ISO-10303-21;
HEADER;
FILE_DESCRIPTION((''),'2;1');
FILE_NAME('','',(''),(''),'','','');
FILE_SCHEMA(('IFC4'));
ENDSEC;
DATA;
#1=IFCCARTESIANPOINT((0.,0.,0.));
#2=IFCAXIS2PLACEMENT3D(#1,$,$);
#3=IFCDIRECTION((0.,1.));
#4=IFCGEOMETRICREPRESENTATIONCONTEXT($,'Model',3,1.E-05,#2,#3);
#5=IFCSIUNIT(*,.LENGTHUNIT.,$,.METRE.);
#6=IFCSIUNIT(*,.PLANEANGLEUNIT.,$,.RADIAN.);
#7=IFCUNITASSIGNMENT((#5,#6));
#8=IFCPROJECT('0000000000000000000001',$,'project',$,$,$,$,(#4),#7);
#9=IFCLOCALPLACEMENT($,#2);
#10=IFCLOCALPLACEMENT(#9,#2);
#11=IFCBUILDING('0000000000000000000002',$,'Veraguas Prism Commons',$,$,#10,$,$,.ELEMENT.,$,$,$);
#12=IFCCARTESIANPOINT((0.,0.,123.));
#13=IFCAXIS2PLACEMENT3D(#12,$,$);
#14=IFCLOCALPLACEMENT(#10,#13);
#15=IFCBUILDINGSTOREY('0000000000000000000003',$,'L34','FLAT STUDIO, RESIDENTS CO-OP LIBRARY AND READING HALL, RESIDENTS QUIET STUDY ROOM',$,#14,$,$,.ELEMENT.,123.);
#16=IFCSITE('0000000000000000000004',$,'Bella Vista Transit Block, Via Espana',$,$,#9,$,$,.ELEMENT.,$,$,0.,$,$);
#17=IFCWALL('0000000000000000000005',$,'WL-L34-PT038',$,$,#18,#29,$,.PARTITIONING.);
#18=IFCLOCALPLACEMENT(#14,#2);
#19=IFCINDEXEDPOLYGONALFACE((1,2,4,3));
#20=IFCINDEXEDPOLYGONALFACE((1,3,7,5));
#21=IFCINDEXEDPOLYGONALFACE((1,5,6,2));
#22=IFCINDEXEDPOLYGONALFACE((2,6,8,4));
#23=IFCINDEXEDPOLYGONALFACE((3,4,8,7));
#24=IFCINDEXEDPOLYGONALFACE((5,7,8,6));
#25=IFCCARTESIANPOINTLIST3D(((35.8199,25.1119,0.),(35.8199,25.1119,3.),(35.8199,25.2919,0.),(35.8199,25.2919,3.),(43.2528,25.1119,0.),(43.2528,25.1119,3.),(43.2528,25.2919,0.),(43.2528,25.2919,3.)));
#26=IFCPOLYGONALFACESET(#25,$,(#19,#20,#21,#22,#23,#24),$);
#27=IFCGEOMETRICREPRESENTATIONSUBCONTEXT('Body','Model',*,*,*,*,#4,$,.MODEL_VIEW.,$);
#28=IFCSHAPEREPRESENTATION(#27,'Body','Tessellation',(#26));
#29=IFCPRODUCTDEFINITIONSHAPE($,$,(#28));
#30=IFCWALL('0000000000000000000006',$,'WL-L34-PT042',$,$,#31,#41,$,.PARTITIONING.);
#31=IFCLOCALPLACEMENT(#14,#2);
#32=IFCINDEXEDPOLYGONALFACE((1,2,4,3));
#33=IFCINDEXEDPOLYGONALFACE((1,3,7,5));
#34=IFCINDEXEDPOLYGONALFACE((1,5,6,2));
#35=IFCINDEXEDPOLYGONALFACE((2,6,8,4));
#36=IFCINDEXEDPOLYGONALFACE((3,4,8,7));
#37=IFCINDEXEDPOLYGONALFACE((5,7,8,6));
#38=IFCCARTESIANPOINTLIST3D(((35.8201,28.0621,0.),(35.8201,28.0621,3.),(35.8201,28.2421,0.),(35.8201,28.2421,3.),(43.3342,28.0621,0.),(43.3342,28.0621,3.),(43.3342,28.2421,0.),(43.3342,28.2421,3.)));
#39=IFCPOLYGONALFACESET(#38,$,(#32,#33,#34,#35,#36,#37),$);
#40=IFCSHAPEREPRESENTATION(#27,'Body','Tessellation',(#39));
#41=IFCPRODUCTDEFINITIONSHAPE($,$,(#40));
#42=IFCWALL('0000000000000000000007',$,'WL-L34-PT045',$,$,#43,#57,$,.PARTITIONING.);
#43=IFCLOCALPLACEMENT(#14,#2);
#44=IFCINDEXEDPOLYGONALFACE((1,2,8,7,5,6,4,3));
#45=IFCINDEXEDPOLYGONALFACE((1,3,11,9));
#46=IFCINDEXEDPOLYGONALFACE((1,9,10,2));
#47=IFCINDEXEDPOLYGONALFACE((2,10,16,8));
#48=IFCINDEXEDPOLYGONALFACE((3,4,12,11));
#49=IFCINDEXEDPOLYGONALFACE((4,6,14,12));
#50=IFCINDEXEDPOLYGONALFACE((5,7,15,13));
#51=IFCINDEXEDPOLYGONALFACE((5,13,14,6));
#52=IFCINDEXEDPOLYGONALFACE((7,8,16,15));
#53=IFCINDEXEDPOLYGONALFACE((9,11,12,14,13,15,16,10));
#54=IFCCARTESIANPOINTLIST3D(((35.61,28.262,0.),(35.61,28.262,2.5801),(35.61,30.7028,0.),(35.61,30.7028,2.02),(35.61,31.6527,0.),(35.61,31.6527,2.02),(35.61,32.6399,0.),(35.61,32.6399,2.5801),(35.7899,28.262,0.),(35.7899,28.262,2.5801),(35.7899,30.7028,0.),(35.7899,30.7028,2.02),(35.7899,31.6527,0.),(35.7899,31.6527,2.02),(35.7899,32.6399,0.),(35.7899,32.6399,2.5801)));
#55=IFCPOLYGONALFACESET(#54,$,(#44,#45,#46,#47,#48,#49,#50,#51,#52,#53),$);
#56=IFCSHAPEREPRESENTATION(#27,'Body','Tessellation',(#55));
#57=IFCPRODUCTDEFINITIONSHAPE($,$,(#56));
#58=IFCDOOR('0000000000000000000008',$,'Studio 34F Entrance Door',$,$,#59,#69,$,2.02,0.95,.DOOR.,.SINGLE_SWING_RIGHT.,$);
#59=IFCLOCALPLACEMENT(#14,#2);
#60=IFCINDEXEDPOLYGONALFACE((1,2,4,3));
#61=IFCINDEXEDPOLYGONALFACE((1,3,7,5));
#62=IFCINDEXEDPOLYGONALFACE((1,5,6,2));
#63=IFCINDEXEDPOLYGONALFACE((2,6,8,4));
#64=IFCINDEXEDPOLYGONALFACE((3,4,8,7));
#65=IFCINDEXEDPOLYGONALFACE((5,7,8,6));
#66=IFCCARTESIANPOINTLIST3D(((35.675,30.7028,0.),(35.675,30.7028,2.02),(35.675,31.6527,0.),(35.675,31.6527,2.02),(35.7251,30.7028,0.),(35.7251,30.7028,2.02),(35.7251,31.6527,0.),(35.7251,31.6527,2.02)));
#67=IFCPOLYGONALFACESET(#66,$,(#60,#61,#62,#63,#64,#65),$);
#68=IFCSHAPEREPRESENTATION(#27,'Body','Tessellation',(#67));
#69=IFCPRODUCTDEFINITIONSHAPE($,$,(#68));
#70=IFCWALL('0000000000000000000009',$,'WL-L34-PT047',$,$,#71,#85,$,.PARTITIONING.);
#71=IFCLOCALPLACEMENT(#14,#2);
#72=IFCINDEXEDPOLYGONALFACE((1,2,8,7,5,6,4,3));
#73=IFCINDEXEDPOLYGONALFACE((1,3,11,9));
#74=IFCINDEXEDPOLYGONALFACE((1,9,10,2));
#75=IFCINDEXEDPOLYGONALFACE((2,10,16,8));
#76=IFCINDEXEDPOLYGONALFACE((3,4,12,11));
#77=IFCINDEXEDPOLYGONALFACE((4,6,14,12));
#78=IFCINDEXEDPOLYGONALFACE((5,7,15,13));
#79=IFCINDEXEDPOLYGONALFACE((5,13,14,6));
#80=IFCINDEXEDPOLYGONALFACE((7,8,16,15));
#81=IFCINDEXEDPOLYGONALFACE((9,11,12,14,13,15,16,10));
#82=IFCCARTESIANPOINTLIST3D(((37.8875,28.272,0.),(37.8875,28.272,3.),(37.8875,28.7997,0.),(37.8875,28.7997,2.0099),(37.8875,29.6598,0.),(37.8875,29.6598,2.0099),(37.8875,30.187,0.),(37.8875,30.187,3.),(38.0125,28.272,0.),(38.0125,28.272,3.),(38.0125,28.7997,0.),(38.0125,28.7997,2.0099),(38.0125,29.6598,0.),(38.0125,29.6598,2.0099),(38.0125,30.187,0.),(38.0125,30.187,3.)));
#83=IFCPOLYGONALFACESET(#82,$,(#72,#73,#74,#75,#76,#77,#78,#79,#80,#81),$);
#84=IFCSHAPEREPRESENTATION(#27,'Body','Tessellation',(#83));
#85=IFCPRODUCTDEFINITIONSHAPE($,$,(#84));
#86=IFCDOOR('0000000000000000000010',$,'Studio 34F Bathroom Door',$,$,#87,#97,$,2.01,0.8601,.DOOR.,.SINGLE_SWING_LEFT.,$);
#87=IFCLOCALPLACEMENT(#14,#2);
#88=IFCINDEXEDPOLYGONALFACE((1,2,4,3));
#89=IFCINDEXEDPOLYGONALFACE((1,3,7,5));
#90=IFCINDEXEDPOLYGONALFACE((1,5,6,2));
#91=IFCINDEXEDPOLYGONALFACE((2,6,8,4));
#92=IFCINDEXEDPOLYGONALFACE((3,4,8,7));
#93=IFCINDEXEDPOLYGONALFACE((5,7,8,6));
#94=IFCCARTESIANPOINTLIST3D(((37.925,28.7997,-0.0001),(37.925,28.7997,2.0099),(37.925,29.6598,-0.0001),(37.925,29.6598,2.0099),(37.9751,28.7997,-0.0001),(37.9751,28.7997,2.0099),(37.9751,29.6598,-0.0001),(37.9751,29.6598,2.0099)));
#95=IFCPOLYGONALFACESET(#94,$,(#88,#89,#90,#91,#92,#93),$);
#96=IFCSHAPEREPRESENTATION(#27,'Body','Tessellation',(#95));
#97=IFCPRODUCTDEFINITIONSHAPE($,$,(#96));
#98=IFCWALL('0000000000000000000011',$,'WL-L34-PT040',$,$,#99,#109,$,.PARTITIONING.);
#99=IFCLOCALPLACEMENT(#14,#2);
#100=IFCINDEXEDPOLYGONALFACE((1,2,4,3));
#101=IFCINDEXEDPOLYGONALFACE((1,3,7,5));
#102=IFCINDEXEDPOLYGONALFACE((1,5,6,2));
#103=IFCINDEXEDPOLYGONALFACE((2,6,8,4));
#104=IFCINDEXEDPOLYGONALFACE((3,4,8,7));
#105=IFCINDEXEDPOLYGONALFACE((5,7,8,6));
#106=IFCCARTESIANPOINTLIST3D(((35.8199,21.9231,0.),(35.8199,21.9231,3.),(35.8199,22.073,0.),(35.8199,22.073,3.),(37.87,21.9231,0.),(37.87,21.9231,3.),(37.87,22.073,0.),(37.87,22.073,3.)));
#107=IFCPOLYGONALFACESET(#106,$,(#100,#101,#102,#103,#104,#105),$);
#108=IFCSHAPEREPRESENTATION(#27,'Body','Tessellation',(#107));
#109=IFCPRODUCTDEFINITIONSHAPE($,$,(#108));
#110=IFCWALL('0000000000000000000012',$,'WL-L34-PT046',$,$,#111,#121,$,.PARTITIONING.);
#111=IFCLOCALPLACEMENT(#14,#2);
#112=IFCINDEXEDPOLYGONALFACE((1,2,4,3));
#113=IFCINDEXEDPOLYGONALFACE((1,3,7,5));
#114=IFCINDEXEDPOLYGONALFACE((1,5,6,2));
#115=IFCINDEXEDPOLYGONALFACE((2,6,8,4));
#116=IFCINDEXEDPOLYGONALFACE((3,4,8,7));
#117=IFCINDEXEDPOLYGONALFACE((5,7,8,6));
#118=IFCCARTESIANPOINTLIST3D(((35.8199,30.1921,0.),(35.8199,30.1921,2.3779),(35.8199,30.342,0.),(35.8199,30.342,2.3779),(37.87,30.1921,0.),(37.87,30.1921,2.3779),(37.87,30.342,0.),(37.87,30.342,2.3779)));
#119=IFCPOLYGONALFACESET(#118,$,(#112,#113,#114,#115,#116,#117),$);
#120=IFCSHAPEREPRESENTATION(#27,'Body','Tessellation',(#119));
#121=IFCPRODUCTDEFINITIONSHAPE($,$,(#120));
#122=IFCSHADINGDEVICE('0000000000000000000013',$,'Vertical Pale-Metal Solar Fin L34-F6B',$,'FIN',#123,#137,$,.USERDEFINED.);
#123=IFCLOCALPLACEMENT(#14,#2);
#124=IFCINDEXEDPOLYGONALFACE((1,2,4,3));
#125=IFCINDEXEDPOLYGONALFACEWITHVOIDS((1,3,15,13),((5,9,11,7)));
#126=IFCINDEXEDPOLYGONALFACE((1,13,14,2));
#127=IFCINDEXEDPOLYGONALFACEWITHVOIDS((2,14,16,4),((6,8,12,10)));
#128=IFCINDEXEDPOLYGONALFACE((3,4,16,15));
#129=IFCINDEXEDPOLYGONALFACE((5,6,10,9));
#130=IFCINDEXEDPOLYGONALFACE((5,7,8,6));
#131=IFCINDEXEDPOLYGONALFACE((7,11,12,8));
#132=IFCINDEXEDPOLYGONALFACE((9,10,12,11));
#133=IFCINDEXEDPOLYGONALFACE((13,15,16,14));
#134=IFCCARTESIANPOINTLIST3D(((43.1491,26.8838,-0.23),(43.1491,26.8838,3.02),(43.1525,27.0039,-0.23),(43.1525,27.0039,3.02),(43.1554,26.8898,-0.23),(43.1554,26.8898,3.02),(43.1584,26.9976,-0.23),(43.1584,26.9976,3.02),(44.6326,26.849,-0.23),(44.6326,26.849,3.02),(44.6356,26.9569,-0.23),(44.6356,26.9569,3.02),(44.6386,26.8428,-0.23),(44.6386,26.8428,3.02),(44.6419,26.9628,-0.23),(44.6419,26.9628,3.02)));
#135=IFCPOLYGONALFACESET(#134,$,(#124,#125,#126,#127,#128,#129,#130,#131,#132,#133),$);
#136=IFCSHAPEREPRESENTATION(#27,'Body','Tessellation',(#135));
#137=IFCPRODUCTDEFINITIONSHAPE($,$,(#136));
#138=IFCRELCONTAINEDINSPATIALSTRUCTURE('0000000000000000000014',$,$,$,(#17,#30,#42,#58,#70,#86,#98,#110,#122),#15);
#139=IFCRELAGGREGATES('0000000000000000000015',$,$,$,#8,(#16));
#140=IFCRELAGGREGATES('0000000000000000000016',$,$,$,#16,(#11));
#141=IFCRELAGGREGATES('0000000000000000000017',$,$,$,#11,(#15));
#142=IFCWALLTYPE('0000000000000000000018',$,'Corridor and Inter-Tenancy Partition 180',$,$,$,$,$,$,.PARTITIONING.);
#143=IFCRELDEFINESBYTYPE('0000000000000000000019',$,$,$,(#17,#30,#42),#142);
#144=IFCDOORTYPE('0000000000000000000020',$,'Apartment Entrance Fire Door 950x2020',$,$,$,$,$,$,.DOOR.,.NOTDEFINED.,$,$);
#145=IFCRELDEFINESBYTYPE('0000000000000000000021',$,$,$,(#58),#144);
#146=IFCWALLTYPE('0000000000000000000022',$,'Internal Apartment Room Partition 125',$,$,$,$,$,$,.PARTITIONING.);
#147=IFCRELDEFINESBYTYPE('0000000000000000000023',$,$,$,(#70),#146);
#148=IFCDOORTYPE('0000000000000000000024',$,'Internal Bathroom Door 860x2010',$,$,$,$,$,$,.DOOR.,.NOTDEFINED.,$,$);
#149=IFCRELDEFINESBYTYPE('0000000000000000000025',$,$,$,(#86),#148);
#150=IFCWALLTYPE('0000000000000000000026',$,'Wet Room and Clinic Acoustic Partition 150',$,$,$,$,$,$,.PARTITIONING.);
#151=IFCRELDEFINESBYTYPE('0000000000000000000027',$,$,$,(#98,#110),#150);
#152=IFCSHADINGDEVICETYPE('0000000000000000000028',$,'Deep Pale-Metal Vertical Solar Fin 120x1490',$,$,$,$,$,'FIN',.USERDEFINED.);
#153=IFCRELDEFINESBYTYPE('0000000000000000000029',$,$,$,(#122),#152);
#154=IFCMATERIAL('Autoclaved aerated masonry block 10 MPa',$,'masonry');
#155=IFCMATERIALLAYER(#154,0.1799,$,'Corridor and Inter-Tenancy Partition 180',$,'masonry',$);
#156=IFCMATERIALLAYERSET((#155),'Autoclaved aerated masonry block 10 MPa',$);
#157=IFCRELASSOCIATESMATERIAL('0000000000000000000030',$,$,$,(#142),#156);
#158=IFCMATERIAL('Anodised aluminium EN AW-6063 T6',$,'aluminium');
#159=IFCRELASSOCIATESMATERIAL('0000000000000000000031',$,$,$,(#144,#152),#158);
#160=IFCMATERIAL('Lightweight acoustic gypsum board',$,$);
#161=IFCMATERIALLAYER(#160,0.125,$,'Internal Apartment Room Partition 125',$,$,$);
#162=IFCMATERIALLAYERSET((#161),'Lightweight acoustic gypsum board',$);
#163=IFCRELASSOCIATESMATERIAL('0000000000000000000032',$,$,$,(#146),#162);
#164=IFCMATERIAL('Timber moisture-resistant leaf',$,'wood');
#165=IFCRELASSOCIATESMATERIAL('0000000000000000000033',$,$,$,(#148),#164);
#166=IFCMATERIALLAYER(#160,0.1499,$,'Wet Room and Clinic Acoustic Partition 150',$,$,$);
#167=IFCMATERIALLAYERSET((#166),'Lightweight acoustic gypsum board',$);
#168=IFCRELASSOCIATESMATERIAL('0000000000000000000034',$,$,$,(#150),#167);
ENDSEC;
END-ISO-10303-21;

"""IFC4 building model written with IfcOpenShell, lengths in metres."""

from ifc_helpers import new_model, si_unit, direction, frame, frame_2d, origin, origin_2d, place, context, subcontext, project, spatial, rectangle, hollow_rectangle, extrude, source, transform, mapped, material, layer, layer_set, material_profile, profile_set, type_object, element, fill, save


model = new_model("IFC4")

# Units and contexts
model_context = context("Model", 3, precision=1e-05, world=origin(), true_north=direction((0.0, 1.0)))
body_context = subcontext(model_context, "Body", "Model", "MODEL_VIEW")
ifc_project = project(units=[si_unit("LENGTHUNIT", "METRE"), si_unit("PLANEANGLEUNIT", "RADIAN")], contexts=[model_context])

# Site, building, storey
site_placement = place(None, origin())
site = spatial("IfcSite", under=ifc_project, at=site_placement, Name="Bella Vista Transit Block, Via Espana", CompositionType="ELEMENT", RefElevation=0.0)
building_placement = place(site_placement, origin())
building = spatial("IfcBuilding", under=site, at=building_placement, Name="Veraguas Prism Commons", CompositionType="ELEMENT")
storey_placement = place(building_placement, frame((0.0, 0.0, 123.0)))
storey = spatial("IfcBuildingStorey", under=building, at=storey_placement, Name="L34", Description="FLAT STUDIO, RESIDENTS CO-OP LIBRARY AND READING HALL, RESIDENTS QUIET STUDY ROOM", CompositionType="ELEMENT", Elevation=123.0)

# Shared definitions
ifc_material_1 = material(Name="Anodised aluminium EN AW-6063 T6", Category="aluminium")

# Walls
ifc_material_2 = material(Name="Autoclaved aerated masonry block 10 MPa", Category="masonry")
ifc_layer_1 = layer(ifc_material_2, 0.1799, Name="Corridor and Inter-Tenancy Partition 180", Category="masonry")
ifc_layer_set_1 = layer_set([ifc_layer_1], Name="Autoclaved aerated masonry block 10 MPa")
wall_type_1 = type_object("IfcWallType", Name="Corridor and Inter-Tenancy Partition 180", PredefinedType="PARTITIONING", material=ifc_layer_set_1)
wall_1_placement = place(storey_placement, frame((35.8201, 25.2019, 0.0), z_axis=(0.0, 0.0, 1.0), x_axis=(1.0, 0.0, 0.0)))
element("IfcWall", 1, at=wall_1_placement, inside=storey, type_object=wall_type_1, Name="WL-L34-PT038", PredefinedType="PARTITIONING", context=body_context, shape_type="SweptSolid", body=[
    extrude(rectangle(XDim=7.4329, YDim=0.1799, at=frame_2d((3.7163, 0.0))), origin(), (0.0, 0.0, 1.0), 3.0),
])
wall_2_placement = place(storey_placement, frame((35.8201, 28.1521, 0.0), z_axis=(0.0, 0.0, 1.0), x_axis=(1.0, 0.0, 0.0)))
element("IfcWall", 2, at=wall_2_placement, inside=storey, type_object=wall_type_1, Name="WL-L34-PT042", PredefinedType="PARTITIONING", context=body_context, shape_type="SweptSolid", body=[
    extrude(rectangle(XDim=7.5142, YDim=0.1799, at=frame_2d((3.7571, 0.0))), origin(), (0.0, 0.0, 1.0), 3.0),
])

# Walls, openings, doors
wall_3_placement = place(storey_placement, frame((35.7, 28.262, 0.0), z_axis=(0.0, 0.0, 1.0), x_axis=(0.0, 1.0, 0.0)))
wall_3 = element("IfcWall", 3, at=wall_3_placement, inside=storey, type_object=wall_type_1, Name="WL-L34-PT045", PredefinedType="PARTITIONING", context=body_context, shape_type="SweptSolid", body=[
    extrude(rectangle(XDim=4.3779, YDim=0.1799, at=frame_2d((2.189, 0.0))), origin(), (0.0, 0.0, 1.0), 2.5801),
])
opening_1_placement = place(wall_3_placement, frame((2.4407, 0.0, 0.0)))
opening_1 = element("IfcOpeningElement", 4, at=opening_1_placement, cuts=wall_3, PredefinedType="OPENING", context=body_context, shape_type="SweptSolid", body=[
    extrude(rectangle(XDim=0.95, YDim=2.02, at=frame_2d((0.4751, 1.01))), frame((0.0, 0.0999, 0.0), z_axis=(0.0, -1.0, 0.0), x_axis=(1.0, 0.0, 0.0)), (0.0, 0.0, 1.0), 0.2),
])
door_type_1 = type_object("IfcDoorType", Name="Apartment Entrance Fire Door 950x2020", OperationType="NOTDEFINED", PredefinedType="DOOR", material=ifc_material_1)
shared_shape_1 = source(origin(), body_context, "Body", "SweptSolid", [
    extrude(rectangle(XDim=0.95, YDim=2.02, at=frame_2d((0.4751, 1.01))), frame((0.0, 0.0249, 0.0), z_axis=(0.0, -1.0, 0.0), x_axis=(1.0, 0.0, 0.0)), (0.0, 0.0, 1.0), 0.05),
])
door_1_placement = place(opening_1_placement, origin())
door_1 = element("IfcDoor", 5, at=door_1_placement, inside=storey, type_object=door_type_1, Name="Studio 34F Entrance Door", OperationType="SINGLE_SWING_RIGHT", OverallHeight=2.02, OverallWidth=0.95, PredefinedType="DOOR", context=body_context, shape_type="MappedRepresentation", body=[
    mapped(shared_shape_1, transform((0.0, 0.0, 0.0), scale=1.0)),
])
fill(opening_1, door_1)
ifc_material_3 = material(Name="Lightweight acoustic gypsum board")
ifc_layer_2 = layer(ifc_material_3, 0.125, Name="Internal Apartment Room Partition 125")
ifc_layer_set_2 = layer_set([ifc_layer_2], Name="Lightweight acoustic gypsum board")
wall_type_2 = type_object("IfcWallType", Name="Internal Apartment Room Partition 125", PredefinedType="PARTITIONING", material=ifc_layer_set_2)
wall_4_placement = place(storey_placement, frame((37.95, 28.272, 0.0), z_axis=(0.0, 0.0, 1.0), x_axis=(0.0, 1.0, 0.0)))
wall_4 = element("IfcWall", 6, at=wall_4_placement, inside=storey, type_object=wall_type_2, Name="WL-L34-PT047", PredefinedType="PARTITIONING", context=body_context, shape_type="SweptSolid", body=[
    extrude(rectangle(XDim=1.915, YDim=0.125, at=frame_2d((0.9575, 0.0))), origin(), (0.0, 0.0, 1.0), 3.0),
])
opening_2_placement = place(wall_4_placement, frame((0.5276, 0.0, 0.0)))
opening_2 = element("IfcOpeningElement", 7, at=opening_2_placement, cuts=wall_4, PredefinedType="OPENING", context=body_context, shape_type="SweptSolid", body=[
    extrude(rectangle(XDim=0.8601, YDim=2.01, at=frame_2d((0.4302, 1.0049))), frame((0.0, 0.0725, 0.0), z_axis=(0.0, -1.0, 0.0), x_axis=(1.0, 0.0, 0.0)), (0.0, 0.0, 1.0), 0.145),
])
ifc_material_4 = material(Name="Timber moisture-resistant leaf", Category="wood")
door_type_2 = type_object("IfcDoorType", Name="Internal Bathroom Door 860x2010", OperationType="NOTDEFINED", PredefinedType="DOOR", material=ifc_material_4)
shared_shape_2 = source(origin(), body_context, "Body", "SweptSolid", [
    extrude(rectangle(XDim=0.8601, YDim=2.01, at=frame_2d((0.4302, 1.0049))), frame((0.0, 0.0249, 0.0), z_axis=(0.0, -1.0, 0.0), x_axis=(1.0, 0.0, 0.0)), (0.0, 0.0, 1.0), 0.05),
])
door_2_placement = place(opening_2_placement, origin())
door_2 = element("IfcDoor", 8, at=door_2_placement, inside=storey, type_object=door_type_2, Name="Studio 34F Bathroom Door", OperationType="SINGLE_SWING_LEFT", OverallHeight=2.01, OverallWidth=0.8601, PredefinedType="DOOR", context=body_context, shape_type="MappedRepresentation", body=[
    mapped(shared_shape_2, transform((0.0, 0.0, 0.0), scale=1.0)),
])
fill(opening_2, door_2)

# Walls
ifc_layer_3 = layer(ifc_material_3, 0.1499, Name="Wet Room and Clinic Acoustic Partition 150")
ifc_layer_set_3 = layer_set([ifc_layer_3], Name="Lightweight acoustic gypsum board")
wall_type_3 = type_object("IfcWallType", Name="Wet Room and Clinic Acoustic Partition 150", PredefinedType="PARTITIONING", material=ifc_layer_set_3)
wall_5_placement = place(storey_placement, frame((35.8201, 21.998, 0.0), z_axis=(0.0, 0.0, 1.0), x_axis=(1.0, 0.0, 0.0)))
element("IfcWall", 9, at=wall_5_placement, inside=storey, type_object=wall_type_3, Name="WL-L34-PT040", PredefinedType="PARTITIONING", context=body_context, shape_type="SweptSolid", body=[
    extrude(rectangle(XDim=2.05, YDim=0.1499, at=frame_2d((1.0249, 0.0))), origin(), (0.0, 0.0, 1.0), 3.0),
])
wall_6_placement = place(storey_placement, frame((35.8201, 30.2671, 0.0), z_axis=(0.0, 0.0, 1.0), x_axis=(1.0, 0.0, 0.0)))
element("IfcWall", 10, at=wall_6_placement, inside=storey, type_object=wall_type_3, Name="WL-L34-PT046", PredefinedType="PARTITIONING", context=body_context, shape_type="SweptSolid", body=[
    extrude(rectangle(XDim=2.05, YDim=0.1499, at=frame_2d((1.0249, 0.0))), origin(), (0.0, 0.0, 1.0), 2.3779),
])

# Shading device
ifc_material_profile_1 = material_profile(ifc_material_1, hollow_rectangle(XDim=0.1201, YDim=1.49, WallThickness=0.0061, at=origin_2d()), Name="FIN120X1490X6")
ifc_profile_set_1 = profile_set([ifc_material_profile_1], Name="Anodised aluminium EN AW-6063 T6")
shading_device_type = type_object("IfcShadingDeviceType", Name="Deep Pale-Metal Vertical Solar Fin 120x1490", ElementType="FIN", PredefinedType="USERDEFINED", material=ifc_profile_set_1)
shading_device_placement = place(storey_placement, frame((43.8955, 26.9233, -0.23), z_axis=(0.0, 0.0, 1.0), x_axis=(0.027573, 0.99962, 0.0)))
element("IfcShadingDevice", 11, at=shading_device_placement, inside=storey, type_object=shading_device_type, Name="Vertical Pale-Metal Solar Fin L34-F6B", ObjectType="FIN", PredefinedType="USERDEFINED", context=body_context, shape_type="SweptSolid", body=[
    extrude(hollow_rectangle(XDim=0.1201, YDim=1.49, WallThickness=0.0061, at=origin_2d()), origin(), (0.0, 0.0, 1.0), 3.25),
])

save(model, "model.ifc")
